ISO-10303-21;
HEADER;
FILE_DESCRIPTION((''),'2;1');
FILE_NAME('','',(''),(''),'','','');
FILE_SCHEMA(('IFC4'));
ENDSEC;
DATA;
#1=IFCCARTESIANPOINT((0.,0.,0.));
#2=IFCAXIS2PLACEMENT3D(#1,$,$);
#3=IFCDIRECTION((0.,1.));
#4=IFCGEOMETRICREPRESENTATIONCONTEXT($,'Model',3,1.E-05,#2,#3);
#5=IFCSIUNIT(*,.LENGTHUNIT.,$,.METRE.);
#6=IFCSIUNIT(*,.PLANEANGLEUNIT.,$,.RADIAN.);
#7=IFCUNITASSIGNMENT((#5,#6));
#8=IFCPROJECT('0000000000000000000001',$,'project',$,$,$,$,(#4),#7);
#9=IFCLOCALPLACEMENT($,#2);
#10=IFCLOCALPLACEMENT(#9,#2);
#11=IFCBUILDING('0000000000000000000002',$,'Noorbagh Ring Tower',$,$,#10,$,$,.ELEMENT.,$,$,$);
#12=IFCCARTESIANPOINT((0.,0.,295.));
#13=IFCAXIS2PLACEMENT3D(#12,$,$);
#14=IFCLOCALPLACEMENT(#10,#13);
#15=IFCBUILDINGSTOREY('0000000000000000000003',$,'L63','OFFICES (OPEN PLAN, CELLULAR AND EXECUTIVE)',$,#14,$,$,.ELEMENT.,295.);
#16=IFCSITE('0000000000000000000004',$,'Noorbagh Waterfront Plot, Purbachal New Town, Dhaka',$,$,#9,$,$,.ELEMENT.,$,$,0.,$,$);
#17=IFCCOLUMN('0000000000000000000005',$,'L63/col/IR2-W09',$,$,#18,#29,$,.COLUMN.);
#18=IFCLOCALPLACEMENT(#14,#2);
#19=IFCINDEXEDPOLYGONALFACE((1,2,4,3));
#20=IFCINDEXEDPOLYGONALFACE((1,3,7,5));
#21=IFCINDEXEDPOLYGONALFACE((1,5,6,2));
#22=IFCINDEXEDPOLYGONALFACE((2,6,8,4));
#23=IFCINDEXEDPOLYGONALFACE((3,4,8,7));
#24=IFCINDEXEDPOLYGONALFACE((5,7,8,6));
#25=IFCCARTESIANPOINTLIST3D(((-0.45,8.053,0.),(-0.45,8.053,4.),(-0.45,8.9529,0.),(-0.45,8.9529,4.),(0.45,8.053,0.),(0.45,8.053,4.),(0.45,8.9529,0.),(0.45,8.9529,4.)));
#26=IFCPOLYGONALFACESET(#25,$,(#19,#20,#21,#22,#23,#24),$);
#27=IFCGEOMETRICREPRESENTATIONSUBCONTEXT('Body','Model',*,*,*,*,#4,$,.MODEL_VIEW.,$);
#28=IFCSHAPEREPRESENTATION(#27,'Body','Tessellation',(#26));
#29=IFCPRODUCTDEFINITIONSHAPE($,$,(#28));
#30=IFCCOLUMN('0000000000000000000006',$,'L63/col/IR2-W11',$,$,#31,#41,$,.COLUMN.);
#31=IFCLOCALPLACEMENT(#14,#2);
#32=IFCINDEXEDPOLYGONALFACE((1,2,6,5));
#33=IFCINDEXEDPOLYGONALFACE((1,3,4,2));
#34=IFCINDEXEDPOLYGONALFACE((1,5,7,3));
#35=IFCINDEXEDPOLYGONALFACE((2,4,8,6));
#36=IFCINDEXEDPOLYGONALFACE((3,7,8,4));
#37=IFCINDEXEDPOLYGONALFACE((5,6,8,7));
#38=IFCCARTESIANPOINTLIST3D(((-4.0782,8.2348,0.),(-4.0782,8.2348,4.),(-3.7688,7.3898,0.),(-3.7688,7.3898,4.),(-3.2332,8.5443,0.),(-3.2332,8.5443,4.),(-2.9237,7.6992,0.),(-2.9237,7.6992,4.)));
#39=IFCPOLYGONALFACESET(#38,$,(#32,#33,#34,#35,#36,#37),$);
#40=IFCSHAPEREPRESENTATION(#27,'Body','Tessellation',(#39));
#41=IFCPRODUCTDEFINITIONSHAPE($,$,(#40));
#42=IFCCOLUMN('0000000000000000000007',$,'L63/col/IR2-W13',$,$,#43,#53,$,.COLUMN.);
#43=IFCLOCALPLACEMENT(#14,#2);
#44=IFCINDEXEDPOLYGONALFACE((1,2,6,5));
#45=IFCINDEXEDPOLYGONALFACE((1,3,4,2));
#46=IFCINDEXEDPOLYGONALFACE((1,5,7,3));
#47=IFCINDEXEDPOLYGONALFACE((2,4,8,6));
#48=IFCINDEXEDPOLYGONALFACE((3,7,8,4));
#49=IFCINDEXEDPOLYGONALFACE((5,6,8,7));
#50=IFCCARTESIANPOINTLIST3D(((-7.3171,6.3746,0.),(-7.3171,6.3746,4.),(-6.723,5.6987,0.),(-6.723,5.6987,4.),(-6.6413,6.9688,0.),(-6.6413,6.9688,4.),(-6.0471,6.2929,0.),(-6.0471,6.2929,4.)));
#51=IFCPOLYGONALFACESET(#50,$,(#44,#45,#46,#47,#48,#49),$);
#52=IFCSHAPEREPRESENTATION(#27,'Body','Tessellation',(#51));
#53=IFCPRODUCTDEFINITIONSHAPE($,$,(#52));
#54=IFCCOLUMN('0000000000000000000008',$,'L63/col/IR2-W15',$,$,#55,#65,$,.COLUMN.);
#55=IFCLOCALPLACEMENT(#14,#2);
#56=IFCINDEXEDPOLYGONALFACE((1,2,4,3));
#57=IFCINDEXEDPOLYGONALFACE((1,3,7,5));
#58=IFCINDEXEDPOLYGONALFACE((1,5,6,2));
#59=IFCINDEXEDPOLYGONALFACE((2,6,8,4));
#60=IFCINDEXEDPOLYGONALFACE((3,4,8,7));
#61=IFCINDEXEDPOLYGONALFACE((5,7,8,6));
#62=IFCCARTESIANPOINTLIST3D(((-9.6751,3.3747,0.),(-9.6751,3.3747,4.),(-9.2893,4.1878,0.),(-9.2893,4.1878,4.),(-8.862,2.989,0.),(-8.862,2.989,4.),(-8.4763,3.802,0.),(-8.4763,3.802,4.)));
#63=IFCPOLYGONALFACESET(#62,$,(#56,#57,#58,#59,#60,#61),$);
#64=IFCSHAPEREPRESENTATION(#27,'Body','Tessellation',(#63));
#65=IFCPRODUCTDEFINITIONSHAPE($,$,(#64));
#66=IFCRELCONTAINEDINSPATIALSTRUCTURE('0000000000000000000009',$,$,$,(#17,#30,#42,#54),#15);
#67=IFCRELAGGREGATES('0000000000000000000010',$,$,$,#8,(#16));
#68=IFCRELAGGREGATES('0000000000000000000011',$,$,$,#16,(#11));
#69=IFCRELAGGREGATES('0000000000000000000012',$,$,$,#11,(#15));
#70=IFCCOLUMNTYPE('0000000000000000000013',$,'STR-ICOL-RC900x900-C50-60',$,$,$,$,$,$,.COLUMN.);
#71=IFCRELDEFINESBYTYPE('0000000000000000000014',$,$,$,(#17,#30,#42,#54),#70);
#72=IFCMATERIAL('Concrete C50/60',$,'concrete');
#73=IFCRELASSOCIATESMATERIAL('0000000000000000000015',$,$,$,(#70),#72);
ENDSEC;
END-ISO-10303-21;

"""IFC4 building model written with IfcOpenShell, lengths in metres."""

from ifc_helpers import new_model, si_unit, direction, frame, origin, origin_2d, place, context, subcontext, project, spatial, rectangle, extrude, material, material_profile, profile_set, type_object, element, save


model = new_model("IFC4")

# Units and contexts
model_context = context("Model", 3, precision=1e-05, world=origin(), true_north=direction((0.0, 1.0)))
body_context = subcontext(model_context, "Body", "Model", "MODEL_VIEW")
ifc_project = project(units=[si_unit("LENGTHUNIT", "METRE"), si_unit("PLANEANGLEUNIT", "RADIAN")], contexts=[model_context])

# Site, building, storey
site_placement = place(None, origin())
site = spatial("IfcSite", under=ifc_project, at=site_placement, Name="Noorbagh Waterfront Plot, Purbachal New Town, Dhaka", CompositionType="ELEMENT", RefElevation=0.0)
building_placement = place(site_placement, origin())
building = spatial("IfcBuilding", under=site, at=building_placement, Name="Noorbagh Ring Tower", CompositionType="ELEMENT")
storey_placement = place(building_placement, frame((0.0, 0.0, 295.0)))
storey = spatial("IfcBuildingStorey", under=building, at=storey_placement, Name="L63", Description="OFFICES (OPEN PLAN, CELLULAR AND EXECUTIVE)", CompositionType="ELEMENT", Elevation=295.0)

# Columns
ifc_material_1 = material(Name="Concrete C50/60", Category="concrete")
ifc_material_profile_1 = material_profile(ifc_material_1, rectangle(XDim=0.8999, YDim=0.8999, at=origin_2d()), Name="RC900x900")
ifc_profile_set_1 = profile_set([ifc_material_profile_1], Name="Concrete C50/60")
column_type = type_object("IfcColumnType", Name="STR-ICOL-RC900x900-C50-60", PredefinedType="COLUMN", material=ifc_profile_set_1)
for number, where, z_axis, x_axis, name in (
    (1, (0.0, 8.5029, 0.0), (0.0, 0.0, 1.0), (-1.0, 0.0, 0.0), "L63/col/IR2-W09"),
    (2, (-3.501, 7.967, 0.0), (0.0, 0.0, 1.0), (-0.93902, -0.343864, 0.0), "L63/col/IR2-W11"),
    (3, (-6.6821, 6.3337, 0.0), (0.0, 0.0, 1.0), (-0.751022, -0.660277, 0.0), "L63/col/IR2-W13"),
    (4, (-9.0757, 3.5884, 0.0), (0.0, 0.0, 1.0), (-0.428667, -0.903463, 0.0), "L63/col/IR2-W15"),
):
    element("IfcColumn", number, at=place(storey_placement, frame(where, z_axis=z_axis, x_axis=x_axis)), inside=storey, type_object=column_type, Name=name, PredefinedType="COLUMN", context=body_context, shape_type="SweptSolid", body=[
        extrude(rectangle(XDim=0.8999, YDim=0.8999, at=origin_2d()), origin(), (0.0, 0.0, 1.0), 4.0),
    ])

save(model, "model.ifc")
